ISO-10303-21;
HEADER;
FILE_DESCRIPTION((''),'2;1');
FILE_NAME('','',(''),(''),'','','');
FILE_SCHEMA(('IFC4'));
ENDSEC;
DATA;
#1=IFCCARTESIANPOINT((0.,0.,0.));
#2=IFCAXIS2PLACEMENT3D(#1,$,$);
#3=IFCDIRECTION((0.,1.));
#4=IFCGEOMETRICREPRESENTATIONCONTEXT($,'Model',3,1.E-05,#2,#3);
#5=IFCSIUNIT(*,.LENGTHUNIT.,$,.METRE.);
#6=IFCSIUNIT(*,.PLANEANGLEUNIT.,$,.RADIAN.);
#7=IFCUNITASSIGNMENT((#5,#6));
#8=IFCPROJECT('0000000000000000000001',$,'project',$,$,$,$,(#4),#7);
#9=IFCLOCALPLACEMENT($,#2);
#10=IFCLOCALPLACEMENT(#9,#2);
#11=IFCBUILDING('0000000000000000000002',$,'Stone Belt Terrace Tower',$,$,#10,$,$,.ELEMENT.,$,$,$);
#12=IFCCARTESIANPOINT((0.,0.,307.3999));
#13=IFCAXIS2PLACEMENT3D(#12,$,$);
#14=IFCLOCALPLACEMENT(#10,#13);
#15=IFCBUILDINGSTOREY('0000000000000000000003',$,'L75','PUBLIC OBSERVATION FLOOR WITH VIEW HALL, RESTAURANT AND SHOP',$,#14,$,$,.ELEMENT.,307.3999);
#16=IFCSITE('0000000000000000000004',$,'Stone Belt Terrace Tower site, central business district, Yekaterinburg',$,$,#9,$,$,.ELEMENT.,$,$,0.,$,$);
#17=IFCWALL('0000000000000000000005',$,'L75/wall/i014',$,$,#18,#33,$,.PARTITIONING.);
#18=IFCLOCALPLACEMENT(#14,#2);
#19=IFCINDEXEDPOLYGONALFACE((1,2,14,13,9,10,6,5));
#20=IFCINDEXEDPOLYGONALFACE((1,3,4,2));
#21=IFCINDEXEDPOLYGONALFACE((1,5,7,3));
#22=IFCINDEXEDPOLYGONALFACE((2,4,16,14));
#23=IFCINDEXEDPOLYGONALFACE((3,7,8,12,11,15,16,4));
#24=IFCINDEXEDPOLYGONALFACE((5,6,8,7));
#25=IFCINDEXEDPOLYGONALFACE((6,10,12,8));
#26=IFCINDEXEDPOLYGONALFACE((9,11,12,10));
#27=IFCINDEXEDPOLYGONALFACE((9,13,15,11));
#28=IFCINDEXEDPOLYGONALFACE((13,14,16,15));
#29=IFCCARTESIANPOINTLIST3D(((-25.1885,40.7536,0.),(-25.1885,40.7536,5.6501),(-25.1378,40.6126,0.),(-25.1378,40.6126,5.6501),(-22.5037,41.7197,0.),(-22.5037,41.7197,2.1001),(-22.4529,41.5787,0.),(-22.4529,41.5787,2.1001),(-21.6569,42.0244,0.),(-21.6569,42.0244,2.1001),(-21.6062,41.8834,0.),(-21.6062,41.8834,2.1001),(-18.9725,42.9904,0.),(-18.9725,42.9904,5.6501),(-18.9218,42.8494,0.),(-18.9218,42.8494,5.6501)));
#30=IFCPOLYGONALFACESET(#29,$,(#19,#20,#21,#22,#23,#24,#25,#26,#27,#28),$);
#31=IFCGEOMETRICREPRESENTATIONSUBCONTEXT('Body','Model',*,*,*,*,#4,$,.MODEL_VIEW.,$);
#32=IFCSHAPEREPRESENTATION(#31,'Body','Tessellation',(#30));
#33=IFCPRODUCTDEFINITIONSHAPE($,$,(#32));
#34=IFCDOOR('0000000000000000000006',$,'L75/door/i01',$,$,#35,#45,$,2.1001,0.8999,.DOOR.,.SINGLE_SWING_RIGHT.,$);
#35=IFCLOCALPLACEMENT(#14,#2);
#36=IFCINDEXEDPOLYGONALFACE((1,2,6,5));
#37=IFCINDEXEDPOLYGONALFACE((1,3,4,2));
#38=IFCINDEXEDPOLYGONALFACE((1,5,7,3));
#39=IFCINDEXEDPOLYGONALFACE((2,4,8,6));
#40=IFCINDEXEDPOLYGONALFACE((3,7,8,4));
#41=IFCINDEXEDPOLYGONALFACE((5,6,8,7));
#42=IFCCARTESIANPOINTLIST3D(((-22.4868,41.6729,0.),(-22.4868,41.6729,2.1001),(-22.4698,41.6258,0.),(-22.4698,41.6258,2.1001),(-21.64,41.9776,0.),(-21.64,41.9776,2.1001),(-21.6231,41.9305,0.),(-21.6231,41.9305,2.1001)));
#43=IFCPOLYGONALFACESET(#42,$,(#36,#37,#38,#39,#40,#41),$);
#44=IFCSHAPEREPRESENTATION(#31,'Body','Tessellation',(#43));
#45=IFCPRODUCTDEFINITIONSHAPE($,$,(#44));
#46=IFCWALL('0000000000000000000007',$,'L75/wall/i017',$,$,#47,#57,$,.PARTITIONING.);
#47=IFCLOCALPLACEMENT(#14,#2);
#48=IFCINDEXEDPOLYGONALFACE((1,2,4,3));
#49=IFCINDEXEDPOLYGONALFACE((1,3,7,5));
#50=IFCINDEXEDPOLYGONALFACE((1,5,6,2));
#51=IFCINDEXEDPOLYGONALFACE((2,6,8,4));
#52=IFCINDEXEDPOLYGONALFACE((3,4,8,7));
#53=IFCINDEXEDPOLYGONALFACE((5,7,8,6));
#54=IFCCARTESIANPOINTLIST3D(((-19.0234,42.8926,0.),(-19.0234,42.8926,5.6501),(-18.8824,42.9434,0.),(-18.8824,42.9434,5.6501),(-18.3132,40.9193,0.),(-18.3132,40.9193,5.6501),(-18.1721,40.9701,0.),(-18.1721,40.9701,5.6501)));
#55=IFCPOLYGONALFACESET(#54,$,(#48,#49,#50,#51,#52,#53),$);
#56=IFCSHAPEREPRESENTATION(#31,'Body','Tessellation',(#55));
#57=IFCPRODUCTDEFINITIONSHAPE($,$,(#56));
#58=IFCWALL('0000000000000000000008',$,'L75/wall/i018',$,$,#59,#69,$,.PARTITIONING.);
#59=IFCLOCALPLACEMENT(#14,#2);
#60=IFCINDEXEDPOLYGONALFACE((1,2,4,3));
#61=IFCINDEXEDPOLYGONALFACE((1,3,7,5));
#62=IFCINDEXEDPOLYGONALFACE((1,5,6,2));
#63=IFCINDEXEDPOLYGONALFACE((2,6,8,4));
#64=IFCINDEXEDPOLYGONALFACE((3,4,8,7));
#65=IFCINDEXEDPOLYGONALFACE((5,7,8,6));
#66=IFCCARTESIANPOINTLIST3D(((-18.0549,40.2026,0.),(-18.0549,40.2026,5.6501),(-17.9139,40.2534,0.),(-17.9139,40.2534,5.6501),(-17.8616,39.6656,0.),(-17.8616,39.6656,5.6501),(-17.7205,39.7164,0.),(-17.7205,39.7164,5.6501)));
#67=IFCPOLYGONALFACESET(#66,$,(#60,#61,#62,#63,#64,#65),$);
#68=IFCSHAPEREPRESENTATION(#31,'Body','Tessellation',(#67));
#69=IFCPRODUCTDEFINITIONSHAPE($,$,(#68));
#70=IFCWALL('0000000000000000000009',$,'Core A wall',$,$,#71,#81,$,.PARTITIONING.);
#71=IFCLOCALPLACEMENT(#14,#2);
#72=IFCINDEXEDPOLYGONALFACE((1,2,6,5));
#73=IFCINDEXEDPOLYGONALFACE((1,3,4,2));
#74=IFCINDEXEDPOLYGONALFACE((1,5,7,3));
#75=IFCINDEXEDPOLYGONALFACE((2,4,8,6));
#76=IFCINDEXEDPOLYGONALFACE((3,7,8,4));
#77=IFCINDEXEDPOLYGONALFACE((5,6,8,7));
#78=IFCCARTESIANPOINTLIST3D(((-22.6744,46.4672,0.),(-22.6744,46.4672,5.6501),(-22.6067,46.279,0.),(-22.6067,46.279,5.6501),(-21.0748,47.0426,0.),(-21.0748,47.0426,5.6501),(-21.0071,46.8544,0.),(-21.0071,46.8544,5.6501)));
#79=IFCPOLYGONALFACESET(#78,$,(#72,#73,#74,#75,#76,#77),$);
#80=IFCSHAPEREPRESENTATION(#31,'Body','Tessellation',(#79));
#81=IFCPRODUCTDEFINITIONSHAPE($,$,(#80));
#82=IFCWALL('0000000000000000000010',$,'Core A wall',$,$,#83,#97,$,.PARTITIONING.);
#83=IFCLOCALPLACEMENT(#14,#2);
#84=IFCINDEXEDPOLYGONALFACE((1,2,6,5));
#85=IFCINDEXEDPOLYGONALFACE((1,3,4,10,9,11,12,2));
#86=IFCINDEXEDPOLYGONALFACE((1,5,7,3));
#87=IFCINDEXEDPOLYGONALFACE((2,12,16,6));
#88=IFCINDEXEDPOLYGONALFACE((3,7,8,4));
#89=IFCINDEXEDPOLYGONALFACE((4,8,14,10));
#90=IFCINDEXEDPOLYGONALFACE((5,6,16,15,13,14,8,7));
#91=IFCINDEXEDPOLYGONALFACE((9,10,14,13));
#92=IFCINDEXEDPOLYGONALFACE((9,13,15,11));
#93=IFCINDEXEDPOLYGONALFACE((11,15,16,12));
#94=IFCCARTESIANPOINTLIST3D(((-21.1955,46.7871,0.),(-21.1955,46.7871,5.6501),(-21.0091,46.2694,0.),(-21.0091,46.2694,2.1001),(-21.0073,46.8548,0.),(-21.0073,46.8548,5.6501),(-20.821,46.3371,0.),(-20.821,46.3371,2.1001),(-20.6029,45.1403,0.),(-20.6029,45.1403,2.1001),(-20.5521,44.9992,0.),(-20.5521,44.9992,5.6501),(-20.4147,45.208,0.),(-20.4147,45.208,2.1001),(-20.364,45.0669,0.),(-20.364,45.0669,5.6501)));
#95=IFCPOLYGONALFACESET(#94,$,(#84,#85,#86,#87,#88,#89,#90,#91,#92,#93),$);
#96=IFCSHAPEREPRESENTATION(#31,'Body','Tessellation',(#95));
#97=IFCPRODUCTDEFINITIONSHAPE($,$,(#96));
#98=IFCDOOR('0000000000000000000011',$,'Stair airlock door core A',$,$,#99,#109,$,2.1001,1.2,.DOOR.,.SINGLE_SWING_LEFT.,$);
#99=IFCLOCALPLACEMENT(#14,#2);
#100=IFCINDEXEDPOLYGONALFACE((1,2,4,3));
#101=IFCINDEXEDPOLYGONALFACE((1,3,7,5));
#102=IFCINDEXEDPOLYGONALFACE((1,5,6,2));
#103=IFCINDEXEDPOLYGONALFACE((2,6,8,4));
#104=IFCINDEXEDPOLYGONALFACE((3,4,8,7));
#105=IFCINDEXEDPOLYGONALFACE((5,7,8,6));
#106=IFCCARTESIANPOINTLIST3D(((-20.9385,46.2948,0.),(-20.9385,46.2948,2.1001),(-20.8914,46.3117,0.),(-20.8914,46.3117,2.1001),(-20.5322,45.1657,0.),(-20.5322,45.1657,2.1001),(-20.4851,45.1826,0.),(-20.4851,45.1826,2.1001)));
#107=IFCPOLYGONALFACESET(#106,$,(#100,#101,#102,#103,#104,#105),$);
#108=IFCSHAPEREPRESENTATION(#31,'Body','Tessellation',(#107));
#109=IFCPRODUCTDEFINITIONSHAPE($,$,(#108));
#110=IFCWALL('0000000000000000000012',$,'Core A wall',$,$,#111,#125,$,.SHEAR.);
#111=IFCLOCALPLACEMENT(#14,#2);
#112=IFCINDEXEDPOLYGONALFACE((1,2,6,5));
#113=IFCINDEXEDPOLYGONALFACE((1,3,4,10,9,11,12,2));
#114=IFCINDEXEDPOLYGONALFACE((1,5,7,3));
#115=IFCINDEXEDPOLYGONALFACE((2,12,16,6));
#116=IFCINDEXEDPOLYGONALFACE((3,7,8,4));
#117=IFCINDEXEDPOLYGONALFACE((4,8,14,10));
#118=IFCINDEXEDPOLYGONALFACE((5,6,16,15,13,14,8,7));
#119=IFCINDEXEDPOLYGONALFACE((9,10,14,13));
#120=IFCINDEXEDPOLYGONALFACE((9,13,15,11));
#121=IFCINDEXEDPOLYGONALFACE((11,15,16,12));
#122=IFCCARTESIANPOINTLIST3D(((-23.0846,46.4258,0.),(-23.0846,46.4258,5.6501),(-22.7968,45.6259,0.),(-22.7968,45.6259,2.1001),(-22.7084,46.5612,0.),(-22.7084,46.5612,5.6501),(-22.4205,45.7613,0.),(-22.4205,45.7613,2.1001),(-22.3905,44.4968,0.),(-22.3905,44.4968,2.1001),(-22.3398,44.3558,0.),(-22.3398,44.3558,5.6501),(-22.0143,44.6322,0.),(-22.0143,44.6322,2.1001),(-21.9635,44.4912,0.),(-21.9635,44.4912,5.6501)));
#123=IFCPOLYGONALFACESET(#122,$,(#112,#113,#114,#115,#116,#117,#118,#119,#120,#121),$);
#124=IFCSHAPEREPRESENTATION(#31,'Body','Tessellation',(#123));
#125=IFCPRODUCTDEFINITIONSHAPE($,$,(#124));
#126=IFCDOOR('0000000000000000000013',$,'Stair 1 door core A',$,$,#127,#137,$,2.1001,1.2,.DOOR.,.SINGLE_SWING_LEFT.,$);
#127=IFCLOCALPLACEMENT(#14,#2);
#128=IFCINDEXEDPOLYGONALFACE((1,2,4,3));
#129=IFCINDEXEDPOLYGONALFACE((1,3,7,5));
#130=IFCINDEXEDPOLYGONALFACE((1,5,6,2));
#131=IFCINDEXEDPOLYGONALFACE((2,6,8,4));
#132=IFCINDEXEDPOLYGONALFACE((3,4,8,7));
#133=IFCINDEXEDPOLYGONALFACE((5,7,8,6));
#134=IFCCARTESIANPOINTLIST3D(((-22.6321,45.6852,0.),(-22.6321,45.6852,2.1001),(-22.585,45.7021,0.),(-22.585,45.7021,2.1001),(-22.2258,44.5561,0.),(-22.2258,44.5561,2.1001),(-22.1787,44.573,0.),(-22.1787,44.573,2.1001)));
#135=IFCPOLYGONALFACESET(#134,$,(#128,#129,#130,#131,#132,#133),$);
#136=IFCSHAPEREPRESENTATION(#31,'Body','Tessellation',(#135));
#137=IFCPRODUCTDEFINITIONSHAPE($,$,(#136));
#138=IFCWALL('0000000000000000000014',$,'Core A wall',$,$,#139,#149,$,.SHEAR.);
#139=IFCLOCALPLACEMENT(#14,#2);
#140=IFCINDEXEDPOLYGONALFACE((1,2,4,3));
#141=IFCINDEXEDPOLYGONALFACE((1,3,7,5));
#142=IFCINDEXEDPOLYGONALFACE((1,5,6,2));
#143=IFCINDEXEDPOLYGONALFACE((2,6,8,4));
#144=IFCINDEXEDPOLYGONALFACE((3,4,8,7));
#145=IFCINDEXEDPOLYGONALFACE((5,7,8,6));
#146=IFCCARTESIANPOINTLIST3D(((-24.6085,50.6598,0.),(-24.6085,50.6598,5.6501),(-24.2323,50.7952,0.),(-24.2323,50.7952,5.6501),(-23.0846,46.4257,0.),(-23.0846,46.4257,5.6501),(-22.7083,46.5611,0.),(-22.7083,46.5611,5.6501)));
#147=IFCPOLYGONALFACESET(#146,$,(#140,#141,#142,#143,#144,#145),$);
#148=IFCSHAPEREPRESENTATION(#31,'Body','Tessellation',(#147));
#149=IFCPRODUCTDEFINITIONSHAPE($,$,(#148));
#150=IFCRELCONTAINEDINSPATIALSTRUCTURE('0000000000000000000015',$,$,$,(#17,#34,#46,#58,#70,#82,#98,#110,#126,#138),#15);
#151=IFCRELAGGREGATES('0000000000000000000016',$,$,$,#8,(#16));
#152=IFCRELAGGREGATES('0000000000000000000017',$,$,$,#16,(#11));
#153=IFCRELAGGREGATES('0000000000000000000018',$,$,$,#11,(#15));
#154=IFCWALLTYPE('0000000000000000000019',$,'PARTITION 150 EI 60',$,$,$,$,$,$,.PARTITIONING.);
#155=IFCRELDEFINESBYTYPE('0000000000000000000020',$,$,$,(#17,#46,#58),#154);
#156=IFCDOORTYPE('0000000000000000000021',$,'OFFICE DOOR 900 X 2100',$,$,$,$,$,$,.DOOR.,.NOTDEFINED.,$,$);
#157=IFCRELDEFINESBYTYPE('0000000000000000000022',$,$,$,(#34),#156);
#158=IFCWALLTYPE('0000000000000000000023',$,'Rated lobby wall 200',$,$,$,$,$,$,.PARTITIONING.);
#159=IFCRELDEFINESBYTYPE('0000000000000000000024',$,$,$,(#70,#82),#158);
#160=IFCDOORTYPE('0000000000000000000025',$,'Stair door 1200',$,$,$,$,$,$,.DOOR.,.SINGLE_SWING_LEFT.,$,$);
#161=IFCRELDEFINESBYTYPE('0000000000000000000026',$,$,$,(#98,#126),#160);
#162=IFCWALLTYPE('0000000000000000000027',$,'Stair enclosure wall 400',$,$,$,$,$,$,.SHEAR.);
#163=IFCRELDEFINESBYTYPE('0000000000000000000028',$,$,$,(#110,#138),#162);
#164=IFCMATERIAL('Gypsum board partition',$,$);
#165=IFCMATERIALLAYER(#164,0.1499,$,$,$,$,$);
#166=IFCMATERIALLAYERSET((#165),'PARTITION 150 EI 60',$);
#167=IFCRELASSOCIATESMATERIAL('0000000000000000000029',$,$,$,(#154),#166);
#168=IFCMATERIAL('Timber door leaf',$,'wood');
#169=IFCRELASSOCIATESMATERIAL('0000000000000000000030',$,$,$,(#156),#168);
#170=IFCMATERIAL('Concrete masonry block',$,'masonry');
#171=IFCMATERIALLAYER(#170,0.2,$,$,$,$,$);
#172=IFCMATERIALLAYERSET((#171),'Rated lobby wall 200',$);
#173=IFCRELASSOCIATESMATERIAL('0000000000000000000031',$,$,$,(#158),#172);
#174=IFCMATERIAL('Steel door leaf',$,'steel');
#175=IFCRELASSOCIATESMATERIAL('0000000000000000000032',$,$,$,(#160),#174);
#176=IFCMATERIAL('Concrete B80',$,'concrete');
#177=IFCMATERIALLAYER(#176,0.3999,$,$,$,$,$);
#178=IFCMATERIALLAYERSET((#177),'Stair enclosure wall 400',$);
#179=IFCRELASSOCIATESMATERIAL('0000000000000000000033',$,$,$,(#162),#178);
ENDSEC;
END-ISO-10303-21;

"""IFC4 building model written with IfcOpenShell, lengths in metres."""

from ifc_helpers import new_model, si_unit, direction, frame, frame_2d, origin, place, context, subcontext, project, spatial, rectangle, extrude, material, layer, layer_set, type_object, element, fill, save


model = new_model("IFC4")

# Units and contexts
model_context = context("Model", 3, precision=1e-05, world=origin(), true_north=direction((0.0, 1.0)))
body_context = subcontext(model_context, "Body", "Model", "MODEL_VIEW")
ifc_project = project(units=[si_unit("LENGTHUNIT", "METRE"), si_unit("PLANEANGLEUNIT", "RADIAN")], contexts=[model_context])

# Site, building, storey
site_placement = place(None, origin())
site = spatial("IfcSite", under=ifc_project, at=site_placement, Name="Stone Belt Terrace Tower site, central business district, Yekaterinburg", CompositionType="ELEMENT", RefElevation=0.0)
building_placement = place(site_placement, origin())
building = spatial("IfcBuilding", under=site, at=building_placement, Name="Stone Belt Terrace Tower", CompositionType="ELEMENT")
storey_placement = place(building_placement, frame((0.0, 0.0, 307.3999)))
storey = spatial("IfcBuildingStorey", under=building, at=storey_placement, Name="L75", Description="PUBLIC OBSERVATION FLOOR WITH VIEW HALL, RESTAURANT AND SHOP", CompositionType="ELEMENT", Elevation=307.3999)

# Shared definitions
ifc_material_1 = material(Name="Concrete B80", Category="concrete")
ifc_material_2 = material(Name="Gypsum board partition")
ifc_layer_1 = layer(ifc_material_2, 0.1499)
ifc_layer_set_1 = layer_set([ifc_layer_1], Name="PARTITION 150 EI 60")
wall_type_1 = type_object("IfcWallType", Name="PARTITION 150 EI 60", PredefinedType="PARTITIONING", material=ifc_layer_set_1)

# Wall, opening, door
wall_1_placement = place(storey_placement, frame((-18.947, 42.9199, 0.0), z_axis=(0.0, 0.0, 1.0), x_axis=(-0.940934, -0.33859, 0.0)))
wall_1 = element("IfcWall", 1, at=wall_1_placement, inside=storey, type_object=wall_type_1, Name="L75/wall/i014", PredefinedType="PARTITIONING", context=body_context, shape_type="SweptSolid", body=[
    extrude(rectangle(XDim=6.6062, YDim=0.1499, at=frame_2d((3.3032, 0.0))), origin(), (0.0, 0.0, 1.0), 5.6501),
])
opening_1_placement = place(wall_1_placement, frame((2.853, 0.0, 0.0)))
opening_1 = element("IfcOpeningElement", 2, at=opening_1_placement, cuts=wall_1, PredefinedType="OPENING", context=body_context, shape_type="SweptSolid", body=[
    extrude(rectangle(XDim=0.8999, YDim=2.1001, at=frame_2d((0.45, 1.05))), frame((0.0, 0.085, 0.0), z_axis=(0.0, -1.0, 0.0), x_axis=(1.0, 0.0, 0.0)), (0.0, 0.0, 1.0), 0.1699),
])
ifc_material_3 = material(Name="Timber door leaf", Category="wood")
door_type_1 = type_object("IfcDoorType", Name="OFFICE DOOR 900 X 2100", OperationType="NOTDEFINED", PredefinedType="DOOR", material=ifc_material_3)
door_1_placement = place(opening_1_placement, origin())
door_1 = element("IfcDoor", 3, at=door_1_placement, inside=storey, type_object=door_type_1, Name="L75/door/i01", OperationType="SINGLE_SWING_RIGHT", OverallHeight=2.1001, OverallWidth=0.8999, PredefinedType="DOOR", context=body_context, shape_type="SweptSolid", body=[
    extrude(rectangle(XDim=0.8999, YDim=2.1001, at=frame_2d((0.45, 1.05))), frame((0.0, 0.0249, 0.0), z_axis=(0.0, -1.0, 0.0), x_axis=(1.0, 0.0, 0.0)), (0.0, 0.0, 1.0), 0.05),
])
fill(opening_1, door_1)

# Walls
wall_2_placement = place(storey_placement, frame((-18.9529, 42.918, 0.0), z_axis=(0.0, 0.0, 1.0), x_axis=(0.338666, -0.940907, 0.0)))
element("IfcWall", 4, at=wall_2_placement, inside=storey, type_object=wall_type_1, Name="L75/wall/i017", PredefinedType="PARTITIONING", context=body_context, shape_type="SweptSolid", body=[
    extrude(rectangle(XDim=2.0972, YDim=0.1499, at=frame_2d((1.0486, 0.0))), origin(), (0.0, 0.0, 1.0), 5.6501),
])
wall_3_placement = place(storey_placement, frame((-17.9844, 40.228, 0.0), z_axis=(0.0, 0.0, 1.0), x_axis=(0.338719, -0.940887, 0.0)))
element("IfcWall", 5, at=wall_3_placement, inside=storey, type_object=wall_type_1, Name="L75/wall/i018", PredefinedType="PARTITIONING", context=body_context, shape_type="SweptSolid", body=[
    extrude(rectangle(XDim=0.5708, YDim=0.1499, at=frame_2d((0.2854, 0.0))), origin(), (0.0, 0.0, 1.0), 5.6501),
])
ifc_material_4 = material(Name="Concrete masonry block", Category="masonry")
ifc_layer_2 = layer(ifc_material_4, 0.2)
ifc_layer_set_2 = layer_set([ifc_layer_2], Name="Rated lobby wall 200")
wall_type_2 = type_object("IfcWallType", Name="Rated lobby wall 200", PredefinedType="PARTITIONING", material=ifc_layer_set_2)
wall_4_placement = place(storey_placement, frame((-22.6406, 46.373, 0.0), z_axis=(0.0, 0.0, 1.0), x_axis=(0.940966, 0.338501, 0.0)))
element("IfcWall", 6, at=wall_4_placement, inside=storey, type_object=wall_type_2, Name="Core A wall", PredefinedType="PARTITIONING", context=body_context, shape_type="SweptSolid", body=[
    extrude(rectangle(XDim=1.7, YDim=0.2, at=frame_2d((0.8501, 0.0))), origin(), (0.0, 0.0, 1.0), 5.6501),
])

# Walls, openings, doors
wall_5_placement = place(storey_placement, frame((-20.458, 45.033, 0.0), z_axis=(0.0, 0.0, 1.0), x_axis=(-0.338574, 0.94094, 0.0)))
wall_5 = element("IfcWall", 7, at=wall_5_placement, inside=storey, type_object=wall_type_2, Name="Core A wall", PredefinedType="PARTITIONING", context=body_context, shape_type="SweptSolid", body=[
    extrude(rectangle(XDim=1.9001, YDim=0.2, at=frame_2d((0.9502, 0.0))), origin(), (0.0, 0.0, 1.0), 5.6501),
])
opening_2_placement = place(wall_5_placement, frame((0.1499, 0.0, 0.0)))
opening_2 = element("IfcOpeningElement", 8, at=opening_2_placement, cuts=wall_5, PredefinedType="OPENING", context=body_context, shape_type="SweptSolid", body=[
    extrude(rectangle(XDim=1.2, YDim=2.1001, at=frame_2d((0.6001, 1.05))), frame((0.0, 0.1099, 0.0), z_axis=(0.0, -1.0, 0.0), x_axis=(1.0, 0.0, 0.0)), (0.0, 0.0, 1.0), 0.22),
])
ifc_material_5 = material(Name="Steel door leaf", Category="steel")
door_type_2 = type_object("IfcDoorType", Name="Stair door 1200", OperationType="SINGLE_SWING_LEFT", PredefinedType="DOOR", material=ifc_material_5)
door_2_placement = place(opening_2_placement, origin())
door_2 = element("IfcDoor", 9, at=door_2_placement, inside=storey, type_object=door_type_2, Name="Stair airlock door core A", OperationType="SINGLE_SWING_LEFT", OverallHeight=2.1001, OverallWidth=1.2, PredefinedType="DOOR", context=body_context, shape_type="SweptSolid", body=[
    extrude(rectangle(XDim=1.2, YDim=2.1001, at=frame_2d((0.6001, 1.05))), frame((0.0, 0.0249, 0.0), z_axis=(0.0, -1.0, 0.0), x_axis=(1.0, 0.0, 0.0)), (0.0, 0.0, 1.0), 0.05),
])
fill(opening_2, door_2)
ifc_layer_3 = layer(ifc_material_1, 0.3999)
ifc_layer_set_3 = layer_set([ifc_layer_3], Name="Stair enclosure wall 400")
wall_type_3 = type_object("IfcWallType", Name="Stair enclosure wall 400", PredefinedType="SHEAR", material=ifc_layer_set_3)
wall_6_placement = place(storey_placement, frame((-22.1516, 44.4233, 0.0), z_axis=(0.0, 0.0, 1.0), x_axis=(-0.338578, 0.940938, 0.0)))
wall_6 = element("IfcWall", 10, at=wall_6_placement, inside=storey, type_object=wall_type_3, Name="Core A wall", PredefinedType="SHEAR", context=body_context, shape_type="SweptSolid", body=[
    extrude(rectangle(XDim=2.2, YDim=0.3999, at=frame_2d((1.1001, 0.0))), origin(), (0.0, 0.0, 1.0), 5.6501),
])
opening_3_placement = place(wall_6_placement, frame((0.1499, 0.0, 0.0)))
opening_3 = element("IfcOpeningElement", 11, at=opening_3_placement, cuts=wall_6, PredefinedType="OPENING", context=body_context, shape_type="SweptSolid", body=[
    extrude(rectangle(XDim=1.2, YDim=2.1001, at=frame_2d((0.6001, 1.05))), frame((0.0, 0.21, 0.0), z_axis=(0.0, -1.0, 0.0), x_axis=(1.0, 0.0, 0.0)), (0.0, 0.0, 1.0), 0.4199),
])
door_3_placement = place(opening_3_placement, origin())
door_3 = element("IfcDoor", 12, at=door_3_placement, inside=storey, type_object=door_type_2, Name="Stair 1 door core A", OperationType="SINGLE_SWING_LEFT", OverallHeight=2.1001, OverallWidth=1.2, PredefinedType="DOOR", context=body_context, shape_type="SweptSolid", body=[
    extrude(rectangle(XDim=1.2, YDim=2.1001, at=frame_2d((0.6001, 1.05))), frame((0.0, 0.0249, 0.0), z_axis=(0.0, -1.0, 0.0), x_axis=(1.0, 0.0, 0.0)), (0.0, 0.0, 1.0), 0.05),
])
fill(opening_3, door_3)

# Wall
wall_7_placement = place(storey_placement, frame((-22.8965, 46.4934, 0.0), z_axis=(0.0, 0.0, 1.0), x_axis=(-0.338648, 0.940913, 0.0)))
element("IfcWall", 13, at=wall_7_placement, inside=storey, type_object=wall_type_3, Name="Core A wall", PredefinedType="SHEAR", context=body_context, shape_type="SweptSolid", body=[
    extrude(rectangle(XDim=4.5, YDim=0.3999, at=frame_2d((2.25, 0.0))), origin(), (0.0, 0.0, 1.0), 5.6501),
])

save(model, "model.ifc")
